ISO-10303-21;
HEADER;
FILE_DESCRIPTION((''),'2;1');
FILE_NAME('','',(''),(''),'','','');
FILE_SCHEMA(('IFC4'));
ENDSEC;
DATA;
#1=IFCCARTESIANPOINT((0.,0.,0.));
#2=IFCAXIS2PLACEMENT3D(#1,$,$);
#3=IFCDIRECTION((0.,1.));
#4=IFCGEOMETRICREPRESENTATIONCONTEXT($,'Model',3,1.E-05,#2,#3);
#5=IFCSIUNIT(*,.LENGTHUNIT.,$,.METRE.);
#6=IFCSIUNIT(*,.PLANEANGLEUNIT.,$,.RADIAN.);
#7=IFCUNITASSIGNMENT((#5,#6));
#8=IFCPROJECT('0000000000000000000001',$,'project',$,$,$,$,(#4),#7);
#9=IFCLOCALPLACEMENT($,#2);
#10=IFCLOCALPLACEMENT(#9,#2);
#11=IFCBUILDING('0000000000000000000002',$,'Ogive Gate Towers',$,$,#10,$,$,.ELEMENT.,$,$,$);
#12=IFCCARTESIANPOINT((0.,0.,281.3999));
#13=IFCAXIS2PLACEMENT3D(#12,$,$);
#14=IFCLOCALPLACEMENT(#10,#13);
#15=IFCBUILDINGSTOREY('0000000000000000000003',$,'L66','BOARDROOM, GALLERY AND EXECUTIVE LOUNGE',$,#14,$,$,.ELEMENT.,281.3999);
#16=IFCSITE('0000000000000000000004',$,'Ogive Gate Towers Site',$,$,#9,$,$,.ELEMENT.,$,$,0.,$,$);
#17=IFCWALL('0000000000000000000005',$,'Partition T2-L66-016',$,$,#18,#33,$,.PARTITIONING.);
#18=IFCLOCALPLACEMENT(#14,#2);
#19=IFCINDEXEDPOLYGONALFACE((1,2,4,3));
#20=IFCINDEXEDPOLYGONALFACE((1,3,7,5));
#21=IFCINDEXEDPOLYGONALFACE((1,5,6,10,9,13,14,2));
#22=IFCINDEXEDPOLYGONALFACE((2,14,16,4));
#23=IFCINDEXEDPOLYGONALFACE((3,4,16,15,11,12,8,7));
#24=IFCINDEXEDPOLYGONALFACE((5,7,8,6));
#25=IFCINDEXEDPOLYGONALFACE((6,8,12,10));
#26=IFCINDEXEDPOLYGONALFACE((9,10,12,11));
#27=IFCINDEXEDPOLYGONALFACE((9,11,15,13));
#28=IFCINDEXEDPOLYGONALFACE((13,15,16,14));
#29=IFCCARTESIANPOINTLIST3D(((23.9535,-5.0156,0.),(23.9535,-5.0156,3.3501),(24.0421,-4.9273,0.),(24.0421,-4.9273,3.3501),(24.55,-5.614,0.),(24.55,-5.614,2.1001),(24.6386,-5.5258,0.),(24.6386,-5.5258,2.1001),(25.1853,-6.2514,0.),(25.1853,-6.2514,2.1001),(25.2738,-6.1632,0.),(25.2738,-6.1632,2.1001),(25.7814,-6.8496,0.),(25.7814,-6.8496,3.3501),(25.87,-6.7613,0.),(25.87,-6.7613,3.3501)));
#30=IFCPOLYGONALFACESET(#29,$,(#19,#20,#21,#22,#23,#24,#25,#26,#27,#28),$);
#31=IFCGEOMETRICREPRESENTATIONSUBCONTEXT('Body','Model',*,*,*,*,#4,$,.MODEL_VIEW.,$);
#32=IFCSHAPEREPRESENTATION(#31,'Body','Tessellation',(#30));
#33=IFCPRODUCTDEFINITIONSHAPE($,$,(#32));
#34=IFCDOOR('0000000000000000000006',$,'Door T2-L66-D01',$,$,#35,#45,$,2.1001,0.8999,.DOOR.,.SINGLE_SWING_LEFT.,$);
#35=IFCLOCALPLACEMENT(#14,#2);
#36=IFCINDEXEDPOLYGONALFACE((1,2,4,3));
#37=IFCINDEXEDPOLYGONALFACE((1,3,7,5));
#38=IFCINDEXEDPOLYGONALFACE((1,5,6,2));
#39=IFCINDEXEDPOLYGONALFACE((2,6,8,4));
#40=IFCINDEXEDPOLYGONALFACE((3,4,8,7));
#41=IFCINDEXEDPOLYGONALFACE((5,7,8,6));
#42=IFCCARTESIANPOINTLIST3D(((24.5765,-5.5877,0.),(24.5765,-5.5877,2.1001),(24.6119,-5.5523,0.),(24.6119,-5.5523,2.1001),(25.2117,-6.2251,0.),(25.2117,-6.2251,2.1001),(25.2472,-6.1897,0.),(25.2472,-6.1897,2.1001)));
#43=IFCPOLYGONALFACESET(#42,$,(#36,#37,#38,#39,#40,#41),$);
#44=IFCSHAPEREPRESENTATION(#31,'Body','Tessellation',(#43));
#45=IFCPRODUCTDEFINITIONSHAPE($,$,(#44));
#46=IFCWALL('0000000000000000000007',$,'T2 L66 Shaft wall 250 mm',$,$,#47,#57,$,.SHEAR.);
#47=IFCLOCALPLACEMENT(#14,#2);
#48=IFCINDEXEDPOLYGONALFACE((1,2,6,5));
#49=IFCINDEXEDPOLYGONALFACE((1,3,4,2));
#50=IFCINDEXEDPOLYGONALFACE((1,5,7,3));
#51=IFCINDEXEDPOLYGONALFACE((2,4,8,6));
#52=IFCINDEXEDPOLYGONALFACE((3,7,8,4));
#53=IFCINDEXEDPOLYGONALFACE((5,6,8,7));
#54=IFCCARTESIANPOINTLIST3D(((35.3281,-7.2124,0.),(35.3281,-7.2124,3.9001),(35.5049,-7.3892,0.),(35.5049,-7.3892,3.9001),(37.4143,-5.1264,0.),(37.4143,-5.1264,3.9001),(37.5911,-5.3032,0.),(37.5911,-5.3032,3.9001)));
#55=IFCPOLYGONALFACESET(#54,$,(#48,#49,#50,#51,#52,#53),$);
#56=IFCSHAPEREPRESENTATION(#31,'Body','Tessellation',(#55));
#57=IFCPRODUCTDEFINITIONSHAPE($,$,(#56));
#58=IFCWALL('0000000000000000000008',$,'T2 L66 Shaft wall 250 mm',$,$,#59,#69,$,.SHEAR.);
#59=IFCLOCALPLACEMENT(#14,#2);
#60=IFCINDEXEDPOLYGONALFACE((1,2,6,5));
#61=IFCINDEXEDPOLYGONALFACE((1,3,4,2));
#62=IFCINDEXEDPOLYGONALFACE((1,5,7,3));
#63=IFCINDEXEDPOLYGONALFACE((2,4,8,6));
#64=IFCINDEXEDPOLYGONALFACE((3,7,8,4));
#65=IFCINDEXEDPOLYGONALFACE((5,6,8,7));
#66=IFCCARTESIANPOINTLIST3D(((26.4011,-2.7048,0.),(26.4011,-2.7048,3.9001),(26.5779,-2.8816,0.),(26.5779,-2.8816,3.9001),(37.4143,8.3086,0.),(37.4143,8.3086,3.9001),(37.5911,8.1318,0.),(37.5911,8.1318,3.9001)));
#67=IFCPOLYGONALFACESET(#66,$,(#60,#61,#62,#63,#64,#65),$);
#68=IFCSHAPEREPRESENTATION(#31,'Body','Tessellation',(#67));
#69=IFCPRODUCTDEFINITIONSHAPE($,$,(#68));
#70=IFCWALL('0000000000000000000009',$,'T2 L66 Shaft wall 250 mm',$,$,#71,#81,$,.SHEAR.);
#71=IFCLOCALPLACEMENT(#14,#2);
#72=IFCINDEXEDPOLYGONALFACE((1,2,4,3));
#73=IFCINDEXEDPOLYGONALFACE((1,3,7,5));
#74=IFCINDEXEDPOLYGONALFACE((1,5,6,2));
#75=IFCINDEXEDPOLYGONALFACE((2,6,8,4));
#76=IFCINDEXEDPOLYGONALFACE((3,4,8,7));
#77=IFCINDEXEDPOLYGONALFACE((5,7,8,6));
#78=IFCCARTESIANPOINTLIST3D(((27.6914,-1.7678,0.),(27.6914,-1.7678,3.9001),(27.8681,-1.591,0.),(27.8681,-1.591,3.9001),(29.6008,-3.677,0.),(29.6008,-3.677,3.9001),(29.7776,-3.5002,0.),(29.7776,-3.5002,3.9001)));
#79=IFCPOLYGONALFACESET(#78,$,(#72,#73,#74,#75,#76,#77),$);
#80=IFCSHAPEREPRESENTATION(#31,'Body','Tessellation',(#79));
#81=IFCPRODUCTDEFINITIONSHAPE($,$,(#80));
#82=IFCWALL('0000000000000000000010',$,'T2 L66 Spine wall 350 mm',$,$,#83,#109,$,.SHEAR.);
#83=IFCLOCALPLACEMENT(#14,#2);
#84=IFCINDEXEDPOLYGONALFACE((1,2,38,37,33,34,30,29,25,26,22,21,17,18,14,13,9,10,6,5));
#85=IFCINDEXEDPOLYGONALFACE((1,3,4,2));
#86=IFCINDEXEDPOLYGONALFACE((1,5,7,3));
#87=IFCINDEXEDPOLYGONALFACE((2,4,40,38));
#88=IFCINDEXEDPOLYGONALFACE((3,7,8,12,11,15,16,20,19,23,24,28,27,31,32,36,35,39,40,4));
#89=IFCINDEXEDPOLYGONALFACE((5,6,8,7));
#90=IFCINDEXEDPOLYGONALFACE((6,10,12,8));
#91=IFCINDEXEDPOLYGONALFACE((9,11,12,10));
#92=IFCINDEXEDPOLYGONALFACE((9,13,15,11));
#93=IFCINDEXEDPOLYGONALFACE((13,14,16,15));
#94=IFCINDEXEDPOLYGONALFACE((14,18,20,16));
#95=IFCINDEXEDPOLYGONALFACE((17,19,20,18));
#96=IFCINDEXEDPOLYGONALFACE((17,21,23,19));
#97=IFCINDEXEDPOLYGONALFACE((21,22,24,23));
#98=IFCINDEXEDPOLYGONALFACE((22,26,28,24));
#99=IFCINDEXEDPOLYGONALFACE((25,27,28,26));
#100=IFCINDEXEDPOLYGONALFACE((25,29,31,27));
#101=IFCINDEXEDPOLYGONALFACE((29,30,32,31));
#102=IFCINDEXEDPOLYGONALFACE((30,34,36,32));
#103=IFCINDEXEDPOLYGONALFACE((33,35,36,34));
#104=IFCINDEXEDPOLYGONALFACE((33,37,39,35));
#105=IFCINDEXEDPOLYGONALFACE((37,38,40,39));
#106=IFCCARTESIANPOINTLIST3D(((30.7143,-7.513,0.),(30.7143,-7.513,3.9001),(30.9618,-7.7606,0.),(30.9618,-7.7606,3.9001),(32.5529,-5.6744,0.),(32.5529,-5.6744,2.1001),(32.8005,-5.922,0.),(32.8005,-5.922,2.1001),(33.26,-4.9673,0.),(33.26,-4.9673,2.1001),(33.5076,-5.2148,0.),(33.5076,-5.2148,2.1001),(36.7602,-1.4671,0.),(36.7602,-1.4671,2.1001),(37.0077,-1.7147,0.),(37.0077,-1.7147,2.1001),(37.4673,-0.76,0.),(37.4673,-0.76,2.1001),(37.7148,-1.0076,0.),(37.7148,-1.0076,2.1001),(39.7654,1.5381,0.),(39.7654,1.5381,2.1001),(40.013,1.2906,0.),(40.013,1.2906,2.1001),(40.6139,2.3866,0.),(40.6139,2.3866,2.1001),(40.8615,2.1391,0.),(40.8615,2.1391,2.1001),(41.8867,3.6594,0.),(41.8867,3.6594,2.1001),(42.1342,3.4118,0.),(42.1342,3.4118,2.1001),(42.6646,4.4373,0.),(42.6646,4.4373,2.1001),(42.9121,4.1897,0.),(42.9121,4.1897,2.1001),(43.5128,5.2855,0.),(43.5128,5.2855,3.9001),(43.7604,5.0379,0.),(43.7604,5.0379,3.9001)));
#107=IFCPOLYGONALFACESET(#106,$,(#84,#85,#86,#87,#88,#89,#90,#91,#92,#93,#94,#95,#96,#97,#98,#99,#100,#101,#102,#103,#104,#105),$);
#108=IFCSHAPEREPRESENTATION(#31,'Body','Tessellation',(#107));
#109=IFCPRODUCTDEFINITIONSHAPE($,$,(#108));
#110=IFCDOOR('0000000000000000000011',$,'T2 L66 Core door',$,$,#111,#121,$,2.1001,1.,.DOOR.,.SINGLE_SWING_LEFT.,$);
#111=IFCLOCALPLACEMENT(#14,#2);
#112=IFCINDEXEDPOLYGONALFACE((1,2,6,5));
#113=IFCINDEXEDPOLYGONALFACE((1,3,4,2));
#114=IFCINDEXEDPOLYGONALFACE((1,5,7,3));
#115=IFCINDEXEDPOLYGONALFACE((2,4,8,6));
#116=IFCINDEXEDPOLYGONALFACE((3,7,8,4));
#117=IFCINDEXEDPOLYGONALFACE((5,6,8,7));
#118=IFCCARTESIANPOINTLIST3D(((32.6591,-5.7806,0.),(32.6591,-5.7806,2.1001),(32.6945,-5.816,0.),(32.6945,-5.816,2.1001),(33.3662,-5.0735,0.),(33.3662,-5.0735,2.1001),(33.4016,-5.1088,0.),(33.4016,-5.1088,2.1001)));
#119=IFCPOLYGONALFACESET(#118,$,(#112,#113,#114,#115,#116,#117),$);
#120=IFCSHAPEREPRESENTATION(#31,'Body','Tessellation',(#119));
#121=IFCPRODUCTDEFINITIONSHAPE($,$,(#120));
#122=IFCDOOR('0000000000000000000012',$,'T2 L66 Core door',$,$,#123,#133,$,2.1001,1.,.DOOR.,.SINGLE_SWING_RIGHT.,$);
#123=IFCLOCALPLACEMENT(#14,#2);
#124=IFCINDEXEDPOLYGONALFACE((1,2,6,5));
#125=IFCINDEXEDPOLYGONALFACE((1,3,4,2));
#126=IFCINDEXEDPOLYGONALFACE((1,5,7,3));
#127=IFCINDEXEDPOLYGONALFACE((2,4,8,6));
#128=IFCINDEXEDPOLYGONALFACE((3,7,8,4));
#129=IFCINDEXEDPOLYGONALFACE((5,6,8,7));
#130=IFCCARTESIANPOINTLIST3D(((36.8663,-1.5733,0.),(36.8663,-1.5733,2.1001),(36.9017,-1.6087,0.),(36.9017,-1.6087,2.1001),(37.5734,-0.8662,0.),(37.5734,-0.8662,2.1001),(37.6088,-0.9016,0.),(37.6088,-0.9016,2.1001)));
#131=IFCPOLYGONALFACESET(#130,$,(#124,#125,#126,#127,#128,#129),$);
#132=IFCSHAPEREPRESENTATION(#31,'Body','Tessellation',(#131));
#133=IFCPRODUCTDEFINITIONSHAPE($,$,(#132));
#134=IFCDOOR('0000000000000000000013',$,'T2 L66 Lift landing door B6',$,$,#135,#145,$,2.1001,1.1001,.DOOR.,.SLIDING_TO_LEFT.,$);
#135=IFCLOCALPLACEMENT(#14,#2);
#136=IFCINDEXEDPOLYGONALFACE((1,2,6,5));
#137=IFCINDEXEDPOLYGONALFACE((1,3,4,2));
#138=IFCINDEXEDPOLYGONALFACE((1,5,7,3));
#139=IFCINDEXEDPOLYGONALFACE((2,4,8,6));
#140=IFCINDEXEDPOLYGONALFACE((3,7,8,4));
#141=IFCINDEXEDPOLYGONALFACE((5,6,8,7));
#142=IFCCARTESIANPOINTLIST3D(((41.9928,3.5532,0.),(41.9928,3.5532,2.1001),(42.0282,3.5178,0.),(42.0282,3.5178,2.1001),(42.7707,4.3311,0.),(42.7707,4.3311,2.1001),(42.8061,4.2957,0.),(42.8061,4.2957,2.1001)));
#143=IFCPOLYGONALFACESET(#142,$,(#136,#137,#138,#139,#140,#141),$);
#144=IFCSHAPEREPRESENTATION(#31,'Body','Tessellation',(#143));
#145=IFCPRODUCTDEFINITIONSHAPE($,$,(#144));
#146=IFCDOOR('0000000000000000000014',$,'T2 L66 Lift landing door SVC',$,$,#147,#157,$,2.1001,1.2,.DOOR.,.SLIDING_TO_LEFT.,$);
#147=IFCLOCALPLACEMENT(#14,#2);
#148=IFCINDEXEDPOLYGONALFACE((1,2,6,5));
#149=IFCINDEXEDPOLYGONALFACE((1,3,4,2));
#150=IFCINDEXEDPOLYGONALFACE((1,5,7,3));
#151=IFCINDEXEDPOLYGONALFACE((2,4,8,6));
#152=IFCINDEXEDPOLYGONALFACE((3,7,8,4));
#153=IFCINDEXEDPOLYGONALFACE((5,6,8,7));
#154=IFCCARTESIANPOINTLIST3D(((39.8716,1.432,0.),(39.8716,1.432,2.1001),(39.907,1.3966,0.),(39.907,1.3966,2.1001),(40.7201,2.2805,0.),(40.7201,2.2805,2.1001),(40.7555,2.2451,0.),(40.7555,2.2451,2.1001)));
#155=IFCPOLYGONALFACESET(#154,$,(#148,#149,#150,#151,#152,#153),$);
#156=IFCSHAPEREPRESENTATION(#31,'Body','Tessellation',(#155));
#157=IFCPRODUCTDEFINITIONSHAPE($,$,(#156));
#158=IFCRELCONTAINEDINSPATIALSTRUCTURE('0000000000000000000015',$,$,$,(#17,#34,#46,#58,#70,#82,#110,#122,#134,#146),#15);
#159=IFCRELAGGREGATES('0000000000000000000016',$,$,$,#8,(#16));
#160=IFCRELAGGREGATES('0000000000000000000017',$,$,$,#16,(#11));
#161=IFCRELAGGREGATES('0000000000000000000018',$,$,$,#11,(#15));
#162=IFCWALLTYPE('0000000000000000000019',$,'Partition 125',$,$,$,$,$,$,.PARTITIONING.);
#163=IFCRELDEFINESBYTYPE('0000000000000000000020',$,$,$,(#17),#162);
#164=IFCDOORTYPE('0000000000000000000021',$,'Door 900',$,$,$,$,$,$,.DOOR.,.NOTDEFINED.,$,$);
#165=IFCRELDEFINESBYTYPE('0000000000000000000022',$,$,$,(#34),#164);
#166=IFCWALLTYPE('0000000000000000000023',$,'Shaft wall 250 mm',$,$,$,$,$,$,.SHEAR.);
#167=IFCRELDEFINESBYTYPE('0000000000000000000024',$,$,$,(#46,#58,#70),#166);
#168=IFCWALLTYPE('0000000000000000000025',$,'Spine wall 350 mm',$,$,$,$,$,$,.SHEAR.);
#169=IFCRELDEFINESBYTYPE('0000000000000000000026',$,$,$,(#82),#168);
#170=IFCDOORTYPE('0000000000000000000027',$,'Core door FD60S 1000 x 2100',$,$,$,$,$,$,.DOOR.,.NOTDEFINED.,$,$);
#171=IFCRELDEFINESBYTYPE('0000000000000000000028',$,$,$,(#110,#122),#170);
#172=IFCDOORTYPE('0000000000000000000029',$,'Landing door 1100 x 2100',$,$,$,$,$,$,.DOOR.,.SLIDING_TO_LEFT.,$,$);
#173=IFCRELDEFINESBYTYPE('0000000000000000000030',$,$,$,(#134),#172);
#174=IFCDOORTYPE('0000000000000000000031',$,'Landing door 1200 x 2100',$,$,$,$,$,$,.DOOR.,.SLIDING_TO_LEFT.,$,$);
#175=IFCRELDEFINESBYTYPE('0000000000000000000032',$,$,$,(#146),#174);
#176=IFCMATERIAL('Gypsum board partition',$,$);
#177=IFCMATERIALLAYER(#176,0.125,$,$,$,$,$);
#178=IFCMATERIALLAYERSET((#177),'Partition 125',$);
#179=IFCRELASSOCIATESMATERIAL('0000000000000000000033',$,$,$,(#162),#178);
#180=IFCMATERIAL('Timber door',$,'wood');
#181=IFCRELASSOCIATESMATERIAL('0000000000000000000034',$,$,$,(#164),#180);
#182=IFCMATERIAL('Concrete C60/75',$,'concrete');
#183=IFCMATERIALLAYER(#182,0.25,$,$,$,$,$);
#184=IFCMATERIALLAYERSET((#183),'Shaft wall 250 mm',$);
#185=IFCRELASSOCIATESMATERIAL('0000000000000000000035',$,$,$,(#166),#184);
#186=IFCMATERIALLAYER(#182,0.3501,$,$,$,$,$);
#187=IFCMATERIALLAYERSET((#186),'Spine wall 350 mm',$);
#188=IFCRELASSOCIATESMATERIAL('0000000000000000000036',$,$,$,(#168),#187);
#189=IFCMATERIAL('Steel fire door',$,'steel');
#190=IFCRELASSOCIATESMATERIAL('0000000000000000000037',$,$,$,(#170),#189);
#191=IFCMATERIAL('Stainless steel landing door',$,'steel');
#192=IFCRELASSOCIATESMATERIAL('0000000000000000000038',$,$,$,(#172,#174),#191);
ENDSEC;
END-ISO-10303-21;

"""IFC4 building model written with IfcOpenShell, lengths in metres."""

from ifc_helpers import new_model, si_unit, direction, frame, frame_2d, origin, place, context, subcontext, project, spatial, rectangle, extrude, material, layer, layer_set, type_object, element, fill, save


model = new_model("IFC4")

# Units and contexts
model_context = context("Model", 3, precision=1e-05, world=origin(), true_north=direction((0.0, 1.0)))
body_context = subcontext(model_context, "Body", "Model", "MODEL_VIEW")
ifc_project = project(units=[si_unit("LENGTHUNIT", "METRE"), si_unit("PLANEANGLEUNIT", "RADIAN")], contexts=[model_context])

# Site, building, storey
site_placement = place(None, origin())
site = spatial("IfcSite", under=ifc_project, at=site_placement, Name="Ogive Gate Towers Site", CompositionType="ELEMENT", RefElevation=0.0)
building_placement = place(site_placement, origin())
building = spatial("IfcBuilding", under=site, at=building_placement, Name="Ogive Gate Towers", CompositionType="ELEMENT")
storey_placement = place(building_placement, frame((0.0, 0.0, 281.3999)))
storey = spatial("IfcBuildingStorey", under=building, at=storey_placement, Name="L66", Description="BOARDROOM, GALLERY AND EXECUTIVE LOUNGE", CompositionType="ELEMENT", Elevation=281.3999)

# Wall, opening, door
ifc_material_1 = material(Name="Timber door", Category="wood")
ifc_material_2 = material(Name="Gypsum board partition")
ifc_layer_1 = layer(ifc_material_2, 0.125)
ifc_layer_set_1 = layer_set([ifc_layer_1], Name="Partition 125")
wall_type_1 = type_object("IfcWallType", Name="Partition 125", PredefinedType="PARTITIONING", material=ifc_layer_set_1)
wall_1_placement = place(storey_placement, frame((23.9978, -4.9714, 0.0), z_axis=(0.0, 0.0, 1.0), x_axis=(0.705927, -0.708284, 0.0)))
wall_1 = element("IfcWall", 1, at=wall_1_placement, inside=storey, type_object=wall_type_1, Name="Partition T2-L66-016", PredefinedType="PARTITIONING", context=body_context, shape_type="SweptSolid", body=[
    extrude(rectangle(XDim=2.5894, YDim=0.125, at=frame_2d((1.2947, 0.0))), origin(), (0.0, 0.0, 1.0), 3.3501),
])
opening_1_placement = place(wall_1_placement, frame((0.845, 0.0, 0.0)))
opening_1 = element("IfcOpeningElement", 2, at=opening_1_placement, cuts=wall_1, PredefinedType="OPENING", context=body_context, shape_type="SweptSolid", body=[
    extrude(rectangle(XDim=0.8999, YDim=2.1001, at=frame_2d((0.45, 1.05))), frame((0.0, 0.0725, 0.0), z_axis=(0.0, -1.0, 0.0), x_axis=(1.0, 0.0, 0.0)), (0.0, 0.0, 1.0), 0.145),
])
door_type_1 = type_object("IfcDoorType", Name="Door 900", OperationType="NOTDEFINED", PredefinedType="DOOR", material=ifc_material_1)
door_1_placement = place(opening_1_placement, origin())
door_1 = element("IfcDoor", 3, at=door_1_placement, inside=storey, type_object=door_type_1, Name="Door T2-L66-D01", OperationType="SINGLE_SWING_LEFT", OverallHeight=2.1001, OverallWidth=0.8999, PredefinedType="DOOR", context=body_context, shape_type="SweptSolid", body=[
    extrude(rectangle(XDim=0.8999, YDim=2.1001, at=frame_2d((0.45, 1.05))), frame((0.0, 0.0249, 0.0), z_axis=(0.0, -1.0, 0.0), x_axis=(1.0, 0.0, 0.0)), (0.0, 0.0, 1.0), 0.05),
])
fill(opening_1, door_1)

# Walls
ifc_material_3 = material(Name="Concrete C60/75", Category="concrete")
ifc_layer_2 = layer(ifc_material_3, 0.25)
ifc_layer_set_2 = layer_set([ifc_layer_2], Name="Shaft wall 250 mm")
wall_type_2 = type_object("IfcWallType", Name="Shaft wall 250 mm", PredefinedType="SHEAR", material=ifc_layer_set_2)
wall_2_placement = place(storey_placement, frame((35.4165, -7.3008, 0.0), z_axis=(0.0, 0.0, 1.0), x_axis=(0.707148, 0.707065, 0.0)))
element("IfcWall", 4, at=wall_2_placement, inside=storey, type_object=wall_type_2, Name="T2 L66 Shaft wall 250 mm", PredefinedType="SHEAR", context=body_context, shape_type="SweptSolid", body=[
    extrude(rectangle(XDim=2.9502, YDim=0.25, at=frame_2d((1.4751, 0.0))), origin(), (0.0, 0.0, 1.0), 3.9001),
])
wall_3_placement = place(storey_placement, frame((26.4895, -2.7932, 0.0), z_axis=(0.0, 0.0, 1.0), x_axis=(0.707099, 0.707115, 0.0)))
element("IfcWall", 5, at=wall_3_placement, inside=storey, type_object=wall_type_2, Name="T2 L66 Shaft wall 250 mm", PredefinedType="SHEAR", context=body_context, shape_type="SweptSolid", body=[
    extrude(rectangle(XDim=15.5752, YDim=0.25, at=frame_2d((7.7876, 0.0))), origin(), (0.0, 0.0, 1.0), 3.9001),
])
wall_4_placement = place(storey_placement, frame((29.6892, -3.5886, 0.0), z_axis=(0.0, 0.0, 1.0), x_axis=(-0.707152, 0.707062, 0.0)))
element("IfcWall", 6, at=wall_4_placement, inside=storey, type_object=wall_type_2, Name="T2 L66 Shaft wall 250 mm", PredefinedType="SHEAR", context=body_context, shape_type="SweptSolid", body=[
    extrude(rectangle(XDim=2.7002, YDim=0.25, at=frame_2d((1.3501, 0.0))), origin(), (0.0, 0.0, 1.0), 3.9001),
])

# Wall, openings, doors
ifc_layer_3 = layer(ifc_material_3, 0.3501)
ifc_layer_set_3 = layer_set([ifc_layer_3], Name="Spine wall 350 mm")
wall_type_3 = type_object("IfcWallType", Name="Spine wall 350 mm", PredefinedType="SHEAR", material=ifc_layer_set_3)
wall_5_placement = place(storey_placement, frame((30.8381, -7.6367, 0.0), z_axis=(0.0, 0.0, 1.0), x_axis=(0.707107, 0.707107, 0.0)))
wall_5 = element("IfcWall", 7, at=wall_5_placement, inside=storey, type_object=wall_type_3, Name="T2 L66 Spine wall 350 mm", PredefinedType="SHEAR", context=body_context, shape_type="SweptSolid", body=[
    extrude(rectangle(XDim=18.0999, YDim=0.3501, at=frame_2d((9.0498, 0.0))), origin(), (0.0, 0.0, 1.0), 3.9001),
])
opening_2_placement = place(wall_5_placement, frame((12.8, 0.0, 0.0)))
opening_2 = element("IfcOpeningElement", 8, at=opening_2_placement, cuts=wall_5, PredefinedType="OPENING", context=body_context, shape_type="SweptSolid", body=[
    extrude(rectangle(XDim=1.2, YDim=2.1001, at=frame_2d((0.6001, 1.05))), frame((0.0, 0.1851, 0.0), z_axis=(0.0, -1.0, 0.0), x_axis=(1.0, 0.0, 0.0)), (0.0, 0.0, 1.0), 0.3701),
])
opening_3_placement = place(wall_5_placement, frame((15.8, 0.0, 0.0)))
opening_3 = element("IfcOpeningElement", 9, at=opening_3_placement, cuts=wall_5, PredefinedType="OPENING", context=body_context, shape_type="SweptSolid", body=[
    extrude(rectangle(XDim=1.1001, YDim=2.1001, at=frame_2d((0.55, 1.05))), frame((0.0, 0.1851, 0.0), z_axis=(0.0, -1.0, 0.0), x_axis=(1.0, 0.0, 0.0)), (0.0, 0.0, 1.0), 0.3701),
])
opening_4_placement = place(wall_5_placement, frame((2.6001, 0.0, 0.0)))
opening_4 = element("IfcOpeningElement", 10, at=opening_4_placement, cuts=wall_5, PredefinedType="OPENING", context=body_context, shape_type="SweptSolid", body=[
    extrude(rectangle(XDim=1.0, YDim=2.1001, at=frame_2d((0.5, 1.05))), frame((0.0, 0.1851, 0.0), z_axis=(0.0, -1.0, 0.0), x_axis=(1.0, 0.0, 0.0)), (0.0, 0.0, 1.0), 0.3701),
])
opening_5_placement = place(wall_5_placement, frame((8.55, 0.0, 0.0)))
opening_5 = element("IfcOpeningElement", 11, at=opening_5_placement, cuts=wall_5, PredefinedType="OPENING", context=body_context, shape_type="SweptSolid", body=[
    extrude(rectangle(XDim=1.0, YDim=2.1001, at=frame_2d((0.5, 1.05))), frame((0.0, 0.1851, 0.0), z_axis=(0.0, -1.0, 0.0), x_axis=(1.0, 0.0, 0.0)), (0.0, 0.0, 1.0), 0.3701),
])
ifc_material_4 = material(Name="Steel fire door", Category="steel")
door_type_2 = type_object("IfcDoorType", Name="Core door FD60S 1000 x 2100", OperationType="NOTDEFINED", PredefinedType="DOOR", material=ifc_material_4)
door_2_placement = place(opening_4_placement, origin())
door_2 = element("IfcDoor", 12, at=door_2_placement, inside=storey, type_object=door_type_2, Name="T2 L66 Core door", OperationType="SINGLE_SWING_LEFT", OverallHeight=2.1001, OverallWidth=1.0, PredefinedType="DOOR", context=body_context, shape_type="SweptSolid", body=[
    extrude(rectangle(XDim=1.0, YDim=2.1001, at=frame_2d((0.5, 1.05))), frame((0.0, 0.0249, 0.0), z_axis=(0.0, -1.0, 0.0), x_axis=(1.0, 0.0, 0.0)), (0.0, 0.0, 1.0), 0.05),
])
fill(opening_4, door_2)
door_3_placement = place(opening_5_placement, origin())
door_3 = element("IfcDoor", 13, at=door_3_placement, inside=storey, type_object=door_type_2, Name="T2 L66 Core door", OperationType="SINGLE_SWING_RIGHT", OverallHeight=2.1001, OverallWidth=1.0, PredefinedType="DOOR", context=body_context, shape_type="SweptSolid", body=[
    extrude(rectangle(XDim=1.0, YDim=2.1001, at=frame_2d((0.5, 1.05))), frame((0.0, 0.0249, 0.0), z_axis=(0.0, -1.0, 0.0), x_axis=(1.0, 0.0, 0.0)), (0.0, 0.0, 1.0), 0.05),
])
fill(opening_5, door_3)
ifc_material_5 = material(Name="Stainless steel landing door", Category="steel")
door_type_3 = type_object("IfcDoorType", Name="Landing door 1100 x 2100", OperationType="SLIDING_TO_LEFT", PredefinedType="DOOR", material=ifc_material_5)
door_4_placement = place(opening_3_placement, origin())
door_4 = element("IfcDoor", 14, at=door_4_placement, inside=storey, type_object=door_type_3, Name="T2 L66 Lift landing door B6", OperationType="SLIDING_TO_LEFT", OverallHeight=2.1001, OverallWidth=1.1001, PredefinedType="DOOR", context=body_context, shape_type="SweptSolid", body=[
    extrude(rectangle(XDim=1.1001, YDim=2.1001, at=frame_2d((0.55, 1.05))), frame((0.0, 0.0249, 0.0), z_axis=(0.0, -1.0, 0.0), x_axis=(1.0, 0.0, 0.0)), (0.0, 0.0, 1.0), 0.05),
])
fill(opening_3, door_4)
door_type_4 = type_object("IfcDoorType", Name="Landing door 1200 x 2100", OperationType="SLIDING_TO_LEFT", PredefinedType="DOOR", material=ifc_material_5)
door_5_placement = place(opening_2_placement, origin())
door_5 = element("IfcDoor", 15, at=door_5_placement, inside=storey, type_object=door_type_4, Name="T2 L66 Lift landing door SVC", OperationType="SLIDING_TO_LEFT", OverallHeight=2.1001, OverallWidth=1.2, PredefinedType="DOOR", context=body_context, shape_type="SweptSolid", body=[
    extrude(rectangle(XDim=1.2, YDim=2.1001, at=frame_2d((0.6001, 1.05))), frame((0.0, 0.0249, 0.0), z_axis=(0.0, -1.0, 0.0), x_axis=(1.0, 0.0, 0.0)), (0.0, 0.0, 1.0), 0.05),
])
fill(opening_2, door_5)

save(model, "model.ifc")
